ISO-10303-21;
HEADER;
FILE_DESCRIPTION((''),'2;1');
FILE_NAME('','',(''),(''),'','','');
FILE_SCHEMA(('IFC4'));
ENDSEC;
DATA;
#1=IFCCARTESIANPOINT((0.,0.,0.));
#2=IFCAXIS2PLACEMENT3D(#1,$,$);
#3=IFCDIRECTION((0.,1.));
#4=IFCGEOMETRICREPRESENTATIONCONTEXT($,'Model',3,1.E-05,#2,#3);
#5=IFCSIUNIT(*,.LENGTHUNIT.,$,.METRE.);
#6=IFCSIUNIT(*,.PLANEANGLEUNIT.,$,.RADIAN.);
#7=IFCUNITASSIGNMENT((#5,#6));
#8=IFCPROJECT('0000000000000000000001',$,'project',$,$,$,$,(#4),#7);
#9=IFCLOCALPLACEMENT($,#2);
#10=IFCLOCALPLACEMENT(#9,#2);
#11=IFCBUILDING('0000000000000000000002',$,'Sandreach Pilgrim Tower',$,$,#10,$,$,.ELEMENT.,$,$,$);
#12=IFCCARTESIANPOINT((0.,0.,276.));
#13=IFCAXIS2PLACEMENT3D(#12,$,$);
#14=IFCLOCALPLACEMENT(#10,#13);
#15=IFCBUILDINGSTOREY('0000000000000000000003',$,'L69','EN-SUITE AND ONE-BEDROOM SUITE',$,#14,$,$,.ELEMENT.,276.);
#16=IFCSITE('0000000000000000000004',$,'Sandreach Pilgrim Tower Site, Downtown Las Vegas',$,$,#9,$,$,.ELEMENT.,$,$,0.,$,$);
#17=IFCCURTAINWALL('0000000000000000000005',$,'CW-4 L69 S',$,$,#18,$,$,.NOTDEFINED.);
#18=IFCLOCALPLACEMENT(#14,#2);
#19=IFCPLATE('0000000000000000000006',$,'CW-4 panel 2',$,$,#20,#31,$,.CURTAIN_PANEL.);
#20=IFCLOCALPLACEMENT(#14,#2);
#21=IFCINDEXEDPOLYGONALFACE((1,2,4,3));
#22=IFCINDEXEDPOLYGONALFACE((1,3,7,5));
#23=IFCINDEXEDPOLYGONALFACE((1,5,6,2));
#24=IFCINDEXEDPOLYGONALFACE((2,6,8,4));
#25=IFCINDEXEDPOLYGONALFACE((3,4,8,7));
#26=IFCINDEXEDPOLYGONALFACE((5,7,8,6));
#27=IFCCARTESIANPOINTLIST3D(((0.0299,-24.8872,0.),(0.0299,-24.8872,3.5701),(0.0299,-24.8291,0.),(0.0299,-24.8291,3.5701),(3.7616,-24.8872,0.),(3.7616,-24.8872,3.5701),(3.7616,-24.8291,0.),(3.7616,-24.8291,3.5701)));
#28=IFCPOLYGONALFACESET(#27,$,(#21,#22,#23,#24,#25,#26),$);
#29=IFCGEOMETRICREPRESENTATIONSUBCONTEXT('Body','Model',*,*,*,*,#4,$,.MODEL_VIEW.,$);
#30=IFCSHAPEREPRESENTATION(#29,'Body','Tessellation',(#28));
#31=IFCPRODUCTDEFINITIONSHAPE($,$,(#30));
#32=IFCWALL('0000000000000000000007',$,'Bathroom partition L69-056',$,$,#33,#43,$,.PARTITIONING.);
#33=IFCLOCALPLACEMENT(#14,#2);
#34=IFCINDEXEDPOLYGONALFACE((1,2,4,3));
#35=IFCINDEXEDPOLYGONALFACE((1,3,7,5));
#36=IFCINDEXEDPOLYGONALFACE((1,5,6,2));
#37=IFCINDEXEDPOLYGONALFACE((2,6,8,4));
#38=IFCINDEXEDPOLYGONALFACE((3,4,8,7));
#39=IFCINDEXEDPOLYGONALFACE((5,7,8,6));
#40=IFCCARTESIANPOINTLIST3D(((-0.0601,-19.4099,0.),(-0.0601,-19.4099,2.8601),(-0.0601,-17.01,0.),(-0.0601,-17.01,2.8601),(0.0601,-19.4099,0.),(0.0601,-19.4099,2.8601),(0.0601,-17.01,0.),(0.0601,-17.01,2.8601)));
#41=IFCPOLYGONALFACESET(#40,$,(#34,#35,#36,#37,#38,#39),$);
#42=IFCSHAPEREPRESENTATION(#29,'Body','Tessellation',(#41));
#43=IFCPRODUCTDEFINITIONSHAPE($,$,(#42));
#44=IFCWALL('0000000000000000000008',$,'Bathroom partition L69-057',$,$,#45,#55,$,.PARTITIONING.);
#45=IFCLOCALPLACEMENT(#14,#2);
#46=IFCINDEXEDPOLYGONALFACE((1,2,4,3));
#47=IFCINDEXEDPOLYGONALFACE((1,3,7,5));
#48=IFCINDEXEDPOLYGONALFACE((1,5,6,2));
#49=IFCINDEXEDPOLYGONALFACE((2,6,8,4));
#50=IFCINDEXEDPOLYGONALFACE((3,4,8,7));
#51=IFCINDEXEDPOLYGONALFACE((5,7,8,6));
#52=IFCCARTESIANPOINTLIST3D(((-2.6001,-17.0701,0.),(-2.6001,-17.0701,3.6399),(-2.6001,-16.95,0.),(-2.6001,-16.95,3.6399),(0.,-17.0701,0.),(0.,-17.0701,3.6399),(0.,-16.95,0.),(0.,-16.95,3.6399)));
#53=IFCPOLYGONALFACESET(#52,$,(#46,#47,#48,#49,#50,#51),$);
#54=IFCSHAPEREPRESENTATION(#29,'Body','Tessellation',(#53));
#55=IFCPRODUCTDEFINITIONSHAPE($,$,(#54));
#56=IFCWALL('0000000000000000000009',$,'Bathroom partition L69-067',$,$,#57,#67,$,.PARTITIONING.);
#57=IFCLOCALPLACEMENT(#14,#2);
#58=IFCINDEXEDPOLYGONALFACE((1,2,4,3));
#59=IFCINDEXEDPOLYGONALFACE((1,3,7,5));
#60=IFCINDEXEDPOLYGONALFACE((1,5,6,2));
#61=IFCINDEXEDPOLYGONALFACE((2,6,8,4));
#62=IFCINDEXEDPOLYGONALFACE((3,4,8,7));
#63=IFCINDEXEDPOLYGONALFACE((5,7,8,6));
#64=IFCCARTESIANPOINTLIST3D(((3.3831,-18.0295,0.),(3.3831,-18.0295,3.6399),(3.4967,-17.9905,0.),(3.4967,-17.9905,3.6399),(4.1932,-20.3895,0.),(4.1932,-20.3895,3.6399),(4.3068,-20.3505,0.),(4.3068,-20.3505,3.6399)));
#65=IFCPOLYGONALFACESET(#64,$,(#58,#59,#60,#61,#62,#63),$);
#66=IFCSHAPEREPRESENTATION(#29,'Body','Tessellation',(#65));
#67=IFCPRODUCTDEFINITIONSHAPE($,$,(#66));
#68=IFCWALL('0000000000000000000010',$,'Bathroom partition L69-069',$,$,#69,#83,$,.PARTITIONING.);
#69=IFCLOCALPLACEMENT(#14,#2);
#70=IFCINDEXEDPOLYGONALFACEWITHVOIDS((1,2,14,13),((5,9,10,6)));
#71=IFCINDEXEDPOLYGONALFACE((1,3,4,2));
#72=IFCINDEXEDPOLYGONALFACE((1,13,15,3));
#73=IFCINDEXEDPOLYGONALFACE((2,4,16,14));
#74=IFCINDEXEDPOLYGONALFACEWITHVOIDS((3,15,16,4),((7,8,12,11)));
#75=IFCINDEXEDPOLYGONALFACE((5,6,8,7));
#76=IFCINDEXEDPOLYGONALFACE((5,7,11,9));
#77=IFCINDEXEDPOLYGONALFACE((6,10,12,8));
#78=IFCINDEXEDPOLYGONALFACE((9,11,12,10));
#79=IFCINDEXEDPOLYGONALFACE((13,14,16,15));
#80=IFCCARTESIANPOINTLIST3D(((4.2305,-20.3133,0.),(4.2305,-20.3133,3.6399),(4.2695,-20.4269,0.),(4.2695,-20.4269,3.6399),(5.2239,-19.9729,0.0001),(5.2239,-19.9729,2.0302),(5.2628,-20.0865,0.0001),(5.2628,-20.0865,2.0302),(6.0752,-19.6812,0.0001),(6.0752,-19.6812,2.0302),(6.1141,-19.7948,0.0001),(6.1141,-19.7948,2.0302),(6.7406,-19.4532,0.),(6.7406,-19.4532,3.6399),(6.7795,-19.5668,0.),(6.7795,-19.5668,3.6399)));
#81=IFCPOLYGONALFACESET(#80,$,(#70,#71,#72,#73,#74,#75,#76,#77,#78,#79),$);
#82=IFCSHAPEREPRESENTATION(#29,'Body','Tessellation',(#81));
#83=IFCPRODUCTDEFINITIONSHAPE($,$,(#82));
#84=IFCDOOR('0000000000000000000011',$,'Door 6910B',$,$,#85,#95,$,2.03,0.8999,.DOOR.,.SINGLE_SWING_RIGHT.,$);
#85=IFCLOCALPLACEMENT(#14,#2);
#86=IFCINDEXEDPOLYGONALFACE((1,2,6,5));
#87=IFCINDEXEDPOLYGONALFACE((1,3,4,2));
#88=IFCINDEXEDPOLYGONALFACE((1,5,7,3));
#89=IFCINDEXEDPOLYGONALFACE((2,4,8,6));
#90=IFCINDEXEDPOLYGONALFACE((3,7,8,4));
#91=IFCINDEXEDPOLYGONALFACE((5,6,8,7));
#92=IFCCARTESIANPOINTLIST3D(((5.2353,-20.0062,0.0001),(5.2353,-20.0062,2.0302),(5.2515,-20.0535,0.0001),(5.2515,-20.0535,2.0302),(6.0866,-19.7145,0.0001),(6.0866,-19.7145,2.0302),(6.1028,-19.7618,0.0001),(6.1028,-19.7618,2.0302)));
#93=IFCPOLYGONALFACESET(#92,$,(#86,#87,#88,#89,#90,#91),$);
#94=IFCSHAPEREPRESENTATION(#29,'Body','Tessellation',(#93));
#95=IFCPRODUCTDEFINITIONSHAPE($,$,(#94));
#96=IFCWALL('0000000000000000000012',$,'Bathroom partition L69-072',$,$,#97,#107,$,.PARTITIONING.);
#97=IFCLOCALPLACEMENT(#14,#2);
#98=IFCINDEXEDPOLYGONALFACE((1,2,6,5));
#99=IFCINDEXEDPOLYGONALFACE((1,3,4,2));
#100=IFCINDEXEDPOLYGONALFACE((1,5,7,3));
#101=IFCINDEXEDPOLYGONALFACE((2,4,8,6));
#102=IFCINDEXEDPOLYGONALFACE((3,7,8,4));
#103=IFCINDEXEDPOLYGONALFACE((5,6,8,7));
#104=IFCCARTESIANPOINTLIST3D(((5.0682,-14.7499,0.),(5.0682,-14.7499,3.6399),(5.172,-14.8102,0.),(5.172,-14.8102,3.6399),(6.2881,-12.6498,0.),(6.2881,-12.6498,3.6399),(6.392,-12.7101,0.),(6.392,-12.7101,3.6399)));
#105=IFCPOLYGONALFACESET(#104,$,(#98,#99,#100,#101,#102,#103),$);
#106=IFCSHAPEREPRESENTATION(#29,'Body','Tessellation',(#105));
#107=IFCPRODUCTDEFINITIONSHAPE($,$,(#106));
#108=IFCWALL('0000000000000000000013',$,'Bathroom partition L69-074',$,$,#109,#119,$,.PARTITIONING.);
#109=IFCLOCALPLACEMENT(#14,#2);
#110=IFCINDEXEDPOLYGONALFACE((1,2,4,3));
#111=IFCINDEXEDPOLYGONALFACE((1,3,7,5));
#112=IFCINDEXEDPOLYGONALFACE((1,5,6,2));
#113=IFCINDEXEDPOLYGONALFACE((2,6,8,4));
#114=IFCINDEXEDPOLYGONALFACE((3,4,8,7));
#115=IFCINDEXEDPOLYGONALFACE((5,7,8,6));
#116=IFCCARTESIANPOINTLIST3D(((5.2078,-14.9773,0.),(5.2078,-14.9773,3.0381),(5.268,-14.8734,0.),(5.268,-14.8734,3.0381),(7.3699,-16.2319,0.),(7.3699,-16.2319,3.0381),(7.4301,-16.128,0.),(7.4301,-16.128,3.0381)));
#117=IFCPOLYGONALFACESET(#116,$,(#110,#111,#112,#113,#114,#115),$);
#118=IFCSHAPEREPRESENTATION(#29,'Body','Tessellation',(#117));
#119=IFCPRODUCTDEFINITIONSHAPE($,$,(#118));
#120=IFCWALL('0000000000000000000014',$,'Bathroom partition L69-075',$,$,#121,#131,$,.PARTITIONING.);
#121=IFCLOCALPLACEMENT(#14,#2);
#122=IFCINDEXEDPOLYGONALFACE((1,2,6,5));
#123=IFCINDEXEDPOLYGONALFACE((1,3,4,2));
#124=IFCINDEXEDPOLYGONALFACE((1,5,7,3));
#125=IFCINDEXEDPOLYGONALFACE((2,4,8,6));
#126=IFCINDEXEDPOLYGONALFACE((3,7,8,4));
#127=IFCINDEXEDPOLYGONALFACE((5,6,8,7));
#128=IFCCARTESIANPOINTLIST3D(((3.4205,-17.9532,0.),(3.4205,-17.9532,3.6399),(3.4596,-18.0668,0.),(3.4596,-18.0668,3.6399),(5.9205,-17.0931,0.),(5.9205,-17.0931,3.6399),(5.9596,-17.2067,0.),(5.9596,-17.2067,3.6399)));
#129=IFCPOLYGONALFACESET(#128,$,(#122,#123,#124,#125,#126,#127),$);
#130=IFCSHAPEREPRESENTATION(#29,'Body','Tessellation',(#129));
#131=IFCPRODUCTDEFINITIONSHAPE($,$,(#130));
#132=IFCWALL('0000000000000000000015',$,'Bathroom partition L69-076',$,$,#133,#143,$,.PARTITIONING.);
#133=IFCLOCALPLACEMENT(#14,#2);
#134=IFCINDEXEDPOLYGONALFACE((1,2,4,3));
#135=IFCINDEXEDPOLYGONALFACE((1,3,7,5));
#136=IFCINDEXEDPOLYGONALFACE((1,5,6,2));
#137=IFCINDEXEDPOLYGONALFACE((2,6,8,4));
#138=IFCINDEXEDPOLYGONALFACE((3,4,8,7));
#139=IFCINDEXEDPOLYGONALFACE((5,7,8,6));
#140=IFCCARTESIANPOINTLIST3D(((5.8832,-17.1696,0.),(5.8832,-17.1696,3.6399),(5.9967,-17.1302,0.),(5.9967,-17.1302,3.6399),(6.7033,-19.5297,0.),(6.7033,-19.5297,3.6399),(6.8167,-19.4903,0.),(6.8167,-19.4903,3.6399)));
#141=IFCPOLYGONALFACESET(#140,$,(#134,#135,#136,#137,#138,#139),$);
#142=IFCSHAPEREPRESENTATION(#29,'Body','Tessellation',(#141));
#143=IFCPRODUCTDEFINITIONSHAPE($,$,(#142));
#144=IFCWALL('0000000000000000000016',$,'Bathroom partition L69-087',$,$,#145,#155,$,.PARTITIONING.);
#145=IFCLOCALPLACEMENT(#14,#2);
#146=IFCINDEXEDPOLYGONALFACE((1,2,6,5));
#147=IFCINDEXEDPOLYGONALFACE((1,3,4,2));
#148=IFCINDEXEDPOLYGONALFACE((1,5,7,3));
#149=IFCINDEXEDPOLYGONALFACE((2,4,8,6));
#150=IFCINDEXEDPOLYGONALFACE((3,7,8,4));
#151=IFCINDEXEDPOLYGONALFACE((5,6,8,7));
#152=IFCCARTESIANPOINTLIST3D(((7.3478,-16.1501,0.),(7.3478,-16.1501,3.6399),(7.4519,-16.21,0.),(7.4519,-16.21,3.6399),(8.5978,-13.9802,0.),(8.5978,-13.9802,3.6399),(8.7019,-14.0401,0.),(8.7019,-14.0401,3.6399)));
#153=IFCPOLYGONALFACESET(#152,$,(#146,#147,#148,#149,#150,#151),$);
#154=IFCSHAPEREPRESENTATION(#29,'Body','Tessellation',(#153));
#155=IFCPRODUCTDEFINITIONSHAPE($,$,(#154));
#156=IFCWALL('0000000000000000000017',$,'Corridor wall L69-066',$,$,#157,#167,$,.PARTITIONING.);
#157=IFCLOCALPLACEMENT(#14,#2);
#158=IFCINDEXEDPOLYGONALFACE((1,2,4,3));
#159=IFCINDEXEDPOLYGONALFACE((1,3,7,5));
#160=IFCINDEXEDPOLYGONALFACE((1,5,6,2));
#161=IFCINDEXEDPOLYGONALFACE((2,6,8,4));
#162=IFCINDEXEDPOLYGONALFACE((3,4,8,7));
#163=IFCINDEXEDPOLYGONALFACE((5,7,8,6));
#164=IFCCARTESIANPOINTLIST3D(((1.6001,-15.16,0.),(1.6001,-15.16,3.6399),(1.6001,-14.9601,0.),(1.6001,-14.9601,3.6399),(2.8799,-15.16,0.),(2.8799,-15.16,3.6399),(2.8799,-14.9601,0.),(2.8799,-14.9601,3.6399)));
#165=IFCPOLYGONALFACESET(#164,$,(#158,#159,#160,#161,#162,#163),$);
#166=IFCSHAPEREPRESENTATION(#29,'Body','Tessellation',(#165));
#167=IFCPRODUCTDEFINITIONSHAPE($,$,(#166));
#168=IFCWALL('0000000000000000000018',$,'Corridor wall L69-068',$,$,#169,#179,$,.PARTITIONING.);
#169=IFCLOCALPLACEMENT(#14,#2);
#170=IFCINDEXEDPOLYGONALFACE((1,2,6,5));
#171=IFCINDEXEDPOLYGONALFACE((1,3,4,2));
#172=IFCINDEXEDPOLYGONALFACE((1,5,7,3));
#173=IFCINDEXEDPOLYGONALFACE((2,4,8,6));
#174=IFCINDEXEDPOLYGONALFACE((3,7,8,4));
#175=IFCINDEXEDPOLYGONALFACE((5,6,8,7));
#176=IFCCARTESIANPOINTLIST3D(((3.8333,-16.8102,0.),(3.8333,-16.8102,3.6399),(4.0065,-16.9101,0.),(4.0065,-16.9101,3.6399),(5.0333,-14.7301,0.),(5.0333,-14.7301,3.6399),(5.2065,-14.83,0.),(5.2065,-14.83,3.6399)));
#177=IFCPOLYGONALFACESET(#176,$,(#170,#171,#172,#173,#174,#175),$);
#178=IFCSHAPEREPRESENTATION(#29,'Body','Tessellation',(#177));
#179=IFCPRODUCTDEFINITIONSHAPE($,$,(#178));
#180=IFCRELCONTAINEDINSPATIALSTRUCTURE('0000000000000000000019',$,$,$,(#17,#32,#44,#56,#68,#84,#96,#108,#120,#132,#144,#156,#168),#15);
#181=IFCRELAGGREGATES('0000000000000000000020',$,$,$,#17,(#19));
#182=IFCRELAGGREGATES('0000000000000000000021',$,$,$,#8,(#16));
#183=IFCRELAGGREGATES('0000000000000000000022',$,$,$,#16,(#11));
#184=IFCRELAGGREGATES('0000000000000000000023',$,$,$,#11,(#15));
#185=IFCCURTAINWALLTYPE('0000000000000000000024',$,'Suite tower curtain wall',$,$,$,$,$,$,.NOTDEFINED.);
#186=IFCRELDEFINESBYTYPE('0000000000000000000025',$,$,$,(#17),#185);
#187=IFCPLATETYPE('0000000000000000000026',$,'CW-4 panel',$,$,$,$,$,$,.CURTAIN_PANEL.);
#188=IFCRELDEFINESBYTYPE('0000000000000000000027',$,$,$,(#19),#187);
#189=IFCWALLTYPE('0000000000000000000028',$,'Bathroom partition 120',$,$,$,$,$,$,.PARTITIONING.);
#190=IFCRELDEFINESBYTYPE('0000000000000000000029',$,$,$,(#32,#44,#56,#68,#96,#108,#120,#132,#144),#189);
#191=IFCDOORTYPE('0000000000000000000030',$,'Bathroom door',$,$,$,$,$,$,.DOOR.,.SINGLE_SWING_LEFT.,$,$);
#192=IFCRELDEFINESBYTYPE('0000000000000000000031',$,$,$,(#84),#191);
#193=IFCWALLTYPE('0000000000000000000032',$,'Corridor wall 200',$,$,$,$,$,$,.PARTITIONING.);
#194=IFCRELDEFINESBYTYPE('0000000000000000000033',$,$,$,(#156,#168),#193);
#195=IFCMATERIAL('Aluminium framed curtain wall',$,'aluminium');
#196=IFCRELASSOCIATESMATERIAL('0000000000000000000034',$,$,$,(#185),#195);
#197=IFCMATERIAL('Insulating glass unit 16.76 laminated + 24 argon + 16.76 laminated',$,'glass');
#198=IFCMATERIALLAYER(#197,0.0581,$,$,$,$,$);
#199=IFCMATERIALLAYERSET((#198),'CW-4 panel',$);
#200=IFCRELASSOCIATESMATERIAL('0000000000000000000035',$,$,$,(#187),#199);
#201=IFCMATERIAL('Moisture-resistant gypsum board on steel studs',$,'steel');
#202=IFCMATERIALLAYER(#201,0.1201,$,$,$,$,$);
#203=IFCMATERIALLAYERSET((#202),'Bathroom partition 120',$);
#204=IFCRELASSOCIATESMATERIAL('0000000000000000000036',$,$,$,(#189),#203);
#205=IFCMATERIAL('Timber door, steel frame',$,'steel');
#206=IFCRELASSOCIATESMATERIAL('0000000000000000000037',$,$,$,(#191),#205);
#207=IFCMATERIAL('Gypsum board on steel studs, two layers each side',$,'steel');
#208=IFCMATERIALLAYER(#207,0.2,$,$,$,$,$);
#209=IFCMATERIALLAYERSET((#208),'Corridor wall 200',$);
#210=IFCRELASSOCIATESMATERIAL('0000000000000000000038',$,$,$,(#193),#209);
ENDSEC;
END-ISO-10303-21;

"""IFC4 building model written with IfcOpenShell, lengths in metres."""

from ifc_helpers import new_model, si_unit, direction, frame, frame_2d, origin, origin_2d, place, context, subcontext, project, spatial, rectangle, extrude, material, layer, layer_set, type_object, element, fill, aggregate, save


model = new_model("IFC4")

# Units and contexts
model_context = context("Model", 3, precision=1e-05, world=origin(), true_north=direction((0.0, 1.0)))
body_context = subcontext(model_context, "Body", "Model", "MODEL_VIEW")
ifc_project = project(units=[si_unit("LENGTHUNIT", "METRE"), si_unit("PLANEANGLEUNIT", "RADIAN")], contexts=[model_context])

# Site, building, storey
site_placement = place(None, origin())
site = spatial("IfcSite", under=ifc_project, at=site_placement, Name="Sandreach Pilgrim Tower Site, Downtown Las Vegas", CompositionType="ELEMENT", RefElevation=0.0)
building_placement = place(site_placement, origin())
building = spatial("IfcBuilding", under=site, at=building_placement, Name="Sandreach Pilgrim Tower", CompositionType="ELEMENT")
storey_placement = place(building_placement, frame((0.0, 0.0, 276.0)))
storey = spatial("IfcBuildingStorey", under=building, at=storey_placement, Name="L69", Description="EN-SUITE AND ONE-BEDROOM SUITE", CompositionType="ELEMENT", Elevation=276.0)

# Curtain wall
ifc_material_1 = material(Name="Aluminium framed curtain wall", Category="aluminium")
curtain_wall_type = type_object("IfcCurtainWallType", Name="Suite tower curtain wall", PredefinedType="NOTDEFINED", material=ifc_material_1)
curtain_wall_placement = place(storey_placement, origin())
curtain_wall = element("IfcCurtainWall", 1, at=curtain_wall_placement, inside=storey, type_object=curtain_wall_type, Name="CW-4 L69 S", PredefinedType="NOTDEFINED")

# Plate
ifc_material_2 = material(Name="Insulating glass unit 16.76 laminated + 24 argon + 16.76 laminated", Category="glass")
ifc_layer_1 = layer(ifc_material_2, 0.0581)
ifc_layer_set_1 = layer_set([ifc_layer_1], Name="CW-4 panel")
plate_type = type_object("IfcPlateType", Name="CW-4 panel", PredefinedType="CURTAIN_PANEL", material=ifc_layer_set_1)
plate_1_placement = place(storey_placement, frame((1.8958, -24.8582, 0.0), z_axis=(0.0, 0.0, 1.0), x_axis=(-1.0, 0.0, 0.0)))
plate_1 = element("IfcPlate", 2, at=plate_1_placement, type_object=plate_type, Name="CW-4 panel 2", PredefinedType="CURTAIN_PANEL", context=body_context, shape_type="SweptSolid", body=[
    extrude(rectangle(XDim=3.7317, YDim=0.0581, at=origin_2d()), origin(), (0.0, 0.0, 1.0), 3.5701),
])
aggregate(curtain_wall, [plate_1])

# Walls
ifc_material_3 = material(Name="Moisture-resistant gypsum board on steel studs", Category="steel")
ifc_layer_2 = layer(ifc_material_3, 0.1201)
ifc_layer_set_2 = layer_set([ifc_layer_2], Name="Bathroom partition 120")
wall_type_1 = type_object("IfcWallType", Name="Bathroom partition 120", PredefinedType="PARTITIONING", material=ifc_layer_set_2)
wall_1_placement = place(storey_placement, frame((0.0, -19.4099, 0.0), z_axis=(0.0, 0.0, 1.0), x_axis=(0.0, 1.0, 0.0)))
element("IfcWall", 3, at=wall_1_placement, inside=storey, type_object=wall_type_1, Name="Bathroom partition L69-056", PredefinedType="PARTITIONING", context=body_context, shape_type="SweptSolid", body=[
    extrude(rectangle(XDim=2.3999, YDim=0.1201, at=frame_2d((1.2, 0.0))), origin(), (0.0, 0.0, 1.0), 2.8601),
])
wall_2_placement = place(storey_placement, frame((0.0, -17.01, 0.0), z_axis=(0.0, 0.0, 1.0), x_axis=(-1.0, 0.0, 0.0)))
element("IfcWall", 4, at=wall_2_placement, inside=storey, type_object=wall_type_1, Name="Bathroom partition L69-057", PredefinedType="PARTITIONING", context=body_context, shape_type="SweptSolid", body=[
    extrude(rectangle(XDim=2.6001, YDim=0.1201, at=frame_2d((1.3, 0.0))), origin(), (0.0, 0.0, 1.0), 3.6399),
])
wall_3_placement = place(storey_placement, frame((3.4399, -18.01, 0.0), z_axis=(0.0, 0.0, 1.0), x_axis=(0.32467, -0.945828, 0.0)))
element("IfcWall", 5, at=wall_3_placement, inside=storey, type_object=wall_type_1, Name="Bathroom partition L69-067", PredefinedType="PARTITIONING", context=body_context, shape_type="SweptSolid", body=[
    extrude(rectangle(XDim=2.4951, YDim=0.1201, at=frame_2d((1.2476, 0.0))), origin(), (0.0, 0.0, 1.0), 3.6399),
])

# Wall, opening, door
wall_4_placement = place(storey_placement, frame((4.25, -20.3701, 0.0), z_axis=(0.0, 0.0, 1.0), x_axis=(0.946, 0.324167, 0.0)))
wall_4 = element("IfcWall", 6, at=wall_4_placement, inside=storey, type_object=wall_type_1, Name="Bathroom partition L69-069", PredefinedType="PARTITIONING", context=body_context, shape_type="SweptSolid", body=[
    extrude(rectangle(XDim=2.6533, YDim=0.1201, at=frame_2d((1.3267, 0.0))), origin(), (0.0, 0.0, 1.0), 3.6399),
])
opening_1_placement = place(wall_4_placement, frame((1.05, 0.0, 0.0)))
opening_1 = element("IfcOpeningElement", 7, at=opening_1_placement, cuts=wall_4, PredefinedType="OPENING", context=body_context, shape_type="SweptSolid", body=[
    extrude(rectangle(XDim=0.8999, YDim=2.03, at=frame_2d((0.45, 1.0151))), frame((0.0, 0.0601, 0.0), z_axis=(0.0, -1.0, 0.0), x_axis=(1.0, 0.0, 0.0)), (0.0, 0.0, 1.0), 0.1201),
])
ifc_material_4 = material(Name="Timber door, steel frame", Category="steel")
door_type_1 = type_object("IfcDoorType", Name="Bathroom door", OperationType="SINGLE_SWING_LEFT", PredefinedType="DOOR", material=ifc_material_4)
door_1_placement = place(opening_1_placement, origin())
door_1 = element("IfcDoor", 8, at=door_1_placement, inside=storey, type_object=door_type_1, Name="Door 6910B", OperationType="SINGLE_SWING_RIGHT", OverallHeight=2.03, OverallWidth=0.8999, PredefinedType="DOOR", context=body_context, shape_type="SweptSolid", body=[
    extrude(rectangle(XDim=0.8999, YDim=2.03, at=frame_2d((0.45, 1.0151))), frame((0.0, 0.0249, 0.0), z_axis=(0.0, -1.0, 0.0), x_axis=(1.0, 0.0, 0.0)), (0.0, 0.0, 1.0), 0.05),
])
fill(opening_1, door_1)

# Walls
wall_5_placement = place(storey_placement, frame((5.1201, -14.78, 0.0), z_axis=(0.0, 0.0, 1.0), x_axis=(0.502308, 0.864689, 0.0)))
element("IfcWall", 9, at=wall_5_placement, inside=storey, type_object=wall_type_1, Name="Bathroom partition L69-072", PredefinedType="PARTITIONING", context=body_context, shape_type="SweptSolid", body=[
    extrude(rectangle(XDim=2.4287, YDim=0.1201, at=frame_2d((1.2144, 0.0))), origin(), (0.0, 0.0, 1.0), 3.6399),
])
wall_6_placement = place(storey_placement, frame((5.2378, -14.9253, 0.0), z_axis=(0.0, 0.0, 1.0), x_axis=(0.864924, -0.501902, 0.0)))
element("IfcWall", 10, at=wall_6_placement, inside=storey, type_object=wall_type_1, Name="Bathroom partition L69-074", PredefinedType="PARTITIONING", context=body_context, shape_type="SweptSolid", body=[
    extrude(rectangle(XDim=2.4998, YDim=0.1201, at=frame_2d((1.25, 0.0))), origin(), (0.0, 0.0, 1.0), 3.0381),
])
wall_7_placement = place(storey_placement, frame((5.9399, -17.1499, 0.0), z_axis=(0.0, 0.0, 1.0), x_axis=(-0.945601, -0.325328, 0.0)))
element("IfcWall", 11, at=wall_7_placement, inside=storey, type_object=wall_type_1, Name="Bathroom partition L69-075", PredefinedType="PARTITIONING", context=body_context, shape_type="SweptSolid", body=[
    extrude(rectangle(XDim=2.6438, YDim=0.1201, at=frame_2d((1.3218, 0.0))), origin(), (0.0, 0.0, 1.0), 3.6399),
])
wall_8_placement = place(storey_placement, frame((5.9399, -17.1499, 0.0), z_axis=(0.0, 0.0, 1.0), x_axis=(0.328221, -0.944601, 0.0)))
element("IfcWall", 12, at=wall_8_placement, inside=storey, type_object=wall_type_1, Name="Bathroom partition L69-076", PredefinedType="PARTITIONING", context=body_context, shape_type="SweptSolid", body=[
    extrude(rectangle(XDim=2.4985, YDim=0.1201, at=frame_2d((1.2493, 0.0))), origin(), (0.0, 0.0, 1.0), 3.6399),
])
wall_9_placement = place(storey_placement, frame((7.3999, -16.1799, 0.0), z_axis=(0.0, 0.0, 1.0), x_axis=(0.49916, 0.86651, 0.0)))
element("IfcWall", 13, at=wall_9_placement, inside=storey, type_object=wall_type_1, Name="Bathroom partition L69-087", PredefinedType="PARTITIONING", context=body_context, shape_type="SweptSolid", body=[
    extrude(rectangle(XDim=2.5042, YDim=0.1201, at=frame_2d((1.252, 0.0))), origin(), (0.0, 0.0, 1.0), 3.6399),
])

# Shared definitions
ifc_material_5 = material(Name="Gypsum board on steel studs, two layers each side", Category="steel")
ifc_layer_3 = layer(ifc_material_5, 0.2)
ifc_layer_set_3 = layer_set([ifc_layer_3], Name="Corridor wall 200")
wall_type_2 = type_object("IfcWallType", Name="Corridor wall 200", PredefinedType="PARTITIONING", material=ifc_layer_set_3)

# Walls
wall_10_placement = place(storey_placement, frame((2.8799, -15.0601, 0.0), z_axis=(0.0, 0.0, 1.0), x_axis=(-1.0, 0.0, 0.0)))
element("IfcWall", 14, at=wall_10_placement, inside=storey, type_object=wall_type_2, Name="Corridor wall L69-066", PredefinedType="PARTITIONING", context=body_context, shape_type="SweptSolid", body=[
    extrude(rectangle(XDim=1.2798, YDim=0.2, at=frame_2d((0.6399, 0.0))), origin(), (0.0, 0.0, 1.0), 3.6399),
])
wall_11_placement = place(storey_placement, frame((3.9199, -16.8601, 0.0), z_axis=(0.0, 0.0, 1.0), x_axis=(0.499693, 0.866203, 0.0)))
element("IfcWall", 15, at=wall_11_placement, inside=storey, type_object=wall_type_2, Name="Corridor wall L69-068", PredefinedType="PARTITIONING", context=body_context, shape_type="SweptSolid", body=[
    extrude(rectangle(XDim=2.4014, YDim=0.2, at=frame_2d((1.2007, 0.0))), origin(), (0.0, 0.0, 1.0), 3.6399),
])

save(model, "model.ifc")
